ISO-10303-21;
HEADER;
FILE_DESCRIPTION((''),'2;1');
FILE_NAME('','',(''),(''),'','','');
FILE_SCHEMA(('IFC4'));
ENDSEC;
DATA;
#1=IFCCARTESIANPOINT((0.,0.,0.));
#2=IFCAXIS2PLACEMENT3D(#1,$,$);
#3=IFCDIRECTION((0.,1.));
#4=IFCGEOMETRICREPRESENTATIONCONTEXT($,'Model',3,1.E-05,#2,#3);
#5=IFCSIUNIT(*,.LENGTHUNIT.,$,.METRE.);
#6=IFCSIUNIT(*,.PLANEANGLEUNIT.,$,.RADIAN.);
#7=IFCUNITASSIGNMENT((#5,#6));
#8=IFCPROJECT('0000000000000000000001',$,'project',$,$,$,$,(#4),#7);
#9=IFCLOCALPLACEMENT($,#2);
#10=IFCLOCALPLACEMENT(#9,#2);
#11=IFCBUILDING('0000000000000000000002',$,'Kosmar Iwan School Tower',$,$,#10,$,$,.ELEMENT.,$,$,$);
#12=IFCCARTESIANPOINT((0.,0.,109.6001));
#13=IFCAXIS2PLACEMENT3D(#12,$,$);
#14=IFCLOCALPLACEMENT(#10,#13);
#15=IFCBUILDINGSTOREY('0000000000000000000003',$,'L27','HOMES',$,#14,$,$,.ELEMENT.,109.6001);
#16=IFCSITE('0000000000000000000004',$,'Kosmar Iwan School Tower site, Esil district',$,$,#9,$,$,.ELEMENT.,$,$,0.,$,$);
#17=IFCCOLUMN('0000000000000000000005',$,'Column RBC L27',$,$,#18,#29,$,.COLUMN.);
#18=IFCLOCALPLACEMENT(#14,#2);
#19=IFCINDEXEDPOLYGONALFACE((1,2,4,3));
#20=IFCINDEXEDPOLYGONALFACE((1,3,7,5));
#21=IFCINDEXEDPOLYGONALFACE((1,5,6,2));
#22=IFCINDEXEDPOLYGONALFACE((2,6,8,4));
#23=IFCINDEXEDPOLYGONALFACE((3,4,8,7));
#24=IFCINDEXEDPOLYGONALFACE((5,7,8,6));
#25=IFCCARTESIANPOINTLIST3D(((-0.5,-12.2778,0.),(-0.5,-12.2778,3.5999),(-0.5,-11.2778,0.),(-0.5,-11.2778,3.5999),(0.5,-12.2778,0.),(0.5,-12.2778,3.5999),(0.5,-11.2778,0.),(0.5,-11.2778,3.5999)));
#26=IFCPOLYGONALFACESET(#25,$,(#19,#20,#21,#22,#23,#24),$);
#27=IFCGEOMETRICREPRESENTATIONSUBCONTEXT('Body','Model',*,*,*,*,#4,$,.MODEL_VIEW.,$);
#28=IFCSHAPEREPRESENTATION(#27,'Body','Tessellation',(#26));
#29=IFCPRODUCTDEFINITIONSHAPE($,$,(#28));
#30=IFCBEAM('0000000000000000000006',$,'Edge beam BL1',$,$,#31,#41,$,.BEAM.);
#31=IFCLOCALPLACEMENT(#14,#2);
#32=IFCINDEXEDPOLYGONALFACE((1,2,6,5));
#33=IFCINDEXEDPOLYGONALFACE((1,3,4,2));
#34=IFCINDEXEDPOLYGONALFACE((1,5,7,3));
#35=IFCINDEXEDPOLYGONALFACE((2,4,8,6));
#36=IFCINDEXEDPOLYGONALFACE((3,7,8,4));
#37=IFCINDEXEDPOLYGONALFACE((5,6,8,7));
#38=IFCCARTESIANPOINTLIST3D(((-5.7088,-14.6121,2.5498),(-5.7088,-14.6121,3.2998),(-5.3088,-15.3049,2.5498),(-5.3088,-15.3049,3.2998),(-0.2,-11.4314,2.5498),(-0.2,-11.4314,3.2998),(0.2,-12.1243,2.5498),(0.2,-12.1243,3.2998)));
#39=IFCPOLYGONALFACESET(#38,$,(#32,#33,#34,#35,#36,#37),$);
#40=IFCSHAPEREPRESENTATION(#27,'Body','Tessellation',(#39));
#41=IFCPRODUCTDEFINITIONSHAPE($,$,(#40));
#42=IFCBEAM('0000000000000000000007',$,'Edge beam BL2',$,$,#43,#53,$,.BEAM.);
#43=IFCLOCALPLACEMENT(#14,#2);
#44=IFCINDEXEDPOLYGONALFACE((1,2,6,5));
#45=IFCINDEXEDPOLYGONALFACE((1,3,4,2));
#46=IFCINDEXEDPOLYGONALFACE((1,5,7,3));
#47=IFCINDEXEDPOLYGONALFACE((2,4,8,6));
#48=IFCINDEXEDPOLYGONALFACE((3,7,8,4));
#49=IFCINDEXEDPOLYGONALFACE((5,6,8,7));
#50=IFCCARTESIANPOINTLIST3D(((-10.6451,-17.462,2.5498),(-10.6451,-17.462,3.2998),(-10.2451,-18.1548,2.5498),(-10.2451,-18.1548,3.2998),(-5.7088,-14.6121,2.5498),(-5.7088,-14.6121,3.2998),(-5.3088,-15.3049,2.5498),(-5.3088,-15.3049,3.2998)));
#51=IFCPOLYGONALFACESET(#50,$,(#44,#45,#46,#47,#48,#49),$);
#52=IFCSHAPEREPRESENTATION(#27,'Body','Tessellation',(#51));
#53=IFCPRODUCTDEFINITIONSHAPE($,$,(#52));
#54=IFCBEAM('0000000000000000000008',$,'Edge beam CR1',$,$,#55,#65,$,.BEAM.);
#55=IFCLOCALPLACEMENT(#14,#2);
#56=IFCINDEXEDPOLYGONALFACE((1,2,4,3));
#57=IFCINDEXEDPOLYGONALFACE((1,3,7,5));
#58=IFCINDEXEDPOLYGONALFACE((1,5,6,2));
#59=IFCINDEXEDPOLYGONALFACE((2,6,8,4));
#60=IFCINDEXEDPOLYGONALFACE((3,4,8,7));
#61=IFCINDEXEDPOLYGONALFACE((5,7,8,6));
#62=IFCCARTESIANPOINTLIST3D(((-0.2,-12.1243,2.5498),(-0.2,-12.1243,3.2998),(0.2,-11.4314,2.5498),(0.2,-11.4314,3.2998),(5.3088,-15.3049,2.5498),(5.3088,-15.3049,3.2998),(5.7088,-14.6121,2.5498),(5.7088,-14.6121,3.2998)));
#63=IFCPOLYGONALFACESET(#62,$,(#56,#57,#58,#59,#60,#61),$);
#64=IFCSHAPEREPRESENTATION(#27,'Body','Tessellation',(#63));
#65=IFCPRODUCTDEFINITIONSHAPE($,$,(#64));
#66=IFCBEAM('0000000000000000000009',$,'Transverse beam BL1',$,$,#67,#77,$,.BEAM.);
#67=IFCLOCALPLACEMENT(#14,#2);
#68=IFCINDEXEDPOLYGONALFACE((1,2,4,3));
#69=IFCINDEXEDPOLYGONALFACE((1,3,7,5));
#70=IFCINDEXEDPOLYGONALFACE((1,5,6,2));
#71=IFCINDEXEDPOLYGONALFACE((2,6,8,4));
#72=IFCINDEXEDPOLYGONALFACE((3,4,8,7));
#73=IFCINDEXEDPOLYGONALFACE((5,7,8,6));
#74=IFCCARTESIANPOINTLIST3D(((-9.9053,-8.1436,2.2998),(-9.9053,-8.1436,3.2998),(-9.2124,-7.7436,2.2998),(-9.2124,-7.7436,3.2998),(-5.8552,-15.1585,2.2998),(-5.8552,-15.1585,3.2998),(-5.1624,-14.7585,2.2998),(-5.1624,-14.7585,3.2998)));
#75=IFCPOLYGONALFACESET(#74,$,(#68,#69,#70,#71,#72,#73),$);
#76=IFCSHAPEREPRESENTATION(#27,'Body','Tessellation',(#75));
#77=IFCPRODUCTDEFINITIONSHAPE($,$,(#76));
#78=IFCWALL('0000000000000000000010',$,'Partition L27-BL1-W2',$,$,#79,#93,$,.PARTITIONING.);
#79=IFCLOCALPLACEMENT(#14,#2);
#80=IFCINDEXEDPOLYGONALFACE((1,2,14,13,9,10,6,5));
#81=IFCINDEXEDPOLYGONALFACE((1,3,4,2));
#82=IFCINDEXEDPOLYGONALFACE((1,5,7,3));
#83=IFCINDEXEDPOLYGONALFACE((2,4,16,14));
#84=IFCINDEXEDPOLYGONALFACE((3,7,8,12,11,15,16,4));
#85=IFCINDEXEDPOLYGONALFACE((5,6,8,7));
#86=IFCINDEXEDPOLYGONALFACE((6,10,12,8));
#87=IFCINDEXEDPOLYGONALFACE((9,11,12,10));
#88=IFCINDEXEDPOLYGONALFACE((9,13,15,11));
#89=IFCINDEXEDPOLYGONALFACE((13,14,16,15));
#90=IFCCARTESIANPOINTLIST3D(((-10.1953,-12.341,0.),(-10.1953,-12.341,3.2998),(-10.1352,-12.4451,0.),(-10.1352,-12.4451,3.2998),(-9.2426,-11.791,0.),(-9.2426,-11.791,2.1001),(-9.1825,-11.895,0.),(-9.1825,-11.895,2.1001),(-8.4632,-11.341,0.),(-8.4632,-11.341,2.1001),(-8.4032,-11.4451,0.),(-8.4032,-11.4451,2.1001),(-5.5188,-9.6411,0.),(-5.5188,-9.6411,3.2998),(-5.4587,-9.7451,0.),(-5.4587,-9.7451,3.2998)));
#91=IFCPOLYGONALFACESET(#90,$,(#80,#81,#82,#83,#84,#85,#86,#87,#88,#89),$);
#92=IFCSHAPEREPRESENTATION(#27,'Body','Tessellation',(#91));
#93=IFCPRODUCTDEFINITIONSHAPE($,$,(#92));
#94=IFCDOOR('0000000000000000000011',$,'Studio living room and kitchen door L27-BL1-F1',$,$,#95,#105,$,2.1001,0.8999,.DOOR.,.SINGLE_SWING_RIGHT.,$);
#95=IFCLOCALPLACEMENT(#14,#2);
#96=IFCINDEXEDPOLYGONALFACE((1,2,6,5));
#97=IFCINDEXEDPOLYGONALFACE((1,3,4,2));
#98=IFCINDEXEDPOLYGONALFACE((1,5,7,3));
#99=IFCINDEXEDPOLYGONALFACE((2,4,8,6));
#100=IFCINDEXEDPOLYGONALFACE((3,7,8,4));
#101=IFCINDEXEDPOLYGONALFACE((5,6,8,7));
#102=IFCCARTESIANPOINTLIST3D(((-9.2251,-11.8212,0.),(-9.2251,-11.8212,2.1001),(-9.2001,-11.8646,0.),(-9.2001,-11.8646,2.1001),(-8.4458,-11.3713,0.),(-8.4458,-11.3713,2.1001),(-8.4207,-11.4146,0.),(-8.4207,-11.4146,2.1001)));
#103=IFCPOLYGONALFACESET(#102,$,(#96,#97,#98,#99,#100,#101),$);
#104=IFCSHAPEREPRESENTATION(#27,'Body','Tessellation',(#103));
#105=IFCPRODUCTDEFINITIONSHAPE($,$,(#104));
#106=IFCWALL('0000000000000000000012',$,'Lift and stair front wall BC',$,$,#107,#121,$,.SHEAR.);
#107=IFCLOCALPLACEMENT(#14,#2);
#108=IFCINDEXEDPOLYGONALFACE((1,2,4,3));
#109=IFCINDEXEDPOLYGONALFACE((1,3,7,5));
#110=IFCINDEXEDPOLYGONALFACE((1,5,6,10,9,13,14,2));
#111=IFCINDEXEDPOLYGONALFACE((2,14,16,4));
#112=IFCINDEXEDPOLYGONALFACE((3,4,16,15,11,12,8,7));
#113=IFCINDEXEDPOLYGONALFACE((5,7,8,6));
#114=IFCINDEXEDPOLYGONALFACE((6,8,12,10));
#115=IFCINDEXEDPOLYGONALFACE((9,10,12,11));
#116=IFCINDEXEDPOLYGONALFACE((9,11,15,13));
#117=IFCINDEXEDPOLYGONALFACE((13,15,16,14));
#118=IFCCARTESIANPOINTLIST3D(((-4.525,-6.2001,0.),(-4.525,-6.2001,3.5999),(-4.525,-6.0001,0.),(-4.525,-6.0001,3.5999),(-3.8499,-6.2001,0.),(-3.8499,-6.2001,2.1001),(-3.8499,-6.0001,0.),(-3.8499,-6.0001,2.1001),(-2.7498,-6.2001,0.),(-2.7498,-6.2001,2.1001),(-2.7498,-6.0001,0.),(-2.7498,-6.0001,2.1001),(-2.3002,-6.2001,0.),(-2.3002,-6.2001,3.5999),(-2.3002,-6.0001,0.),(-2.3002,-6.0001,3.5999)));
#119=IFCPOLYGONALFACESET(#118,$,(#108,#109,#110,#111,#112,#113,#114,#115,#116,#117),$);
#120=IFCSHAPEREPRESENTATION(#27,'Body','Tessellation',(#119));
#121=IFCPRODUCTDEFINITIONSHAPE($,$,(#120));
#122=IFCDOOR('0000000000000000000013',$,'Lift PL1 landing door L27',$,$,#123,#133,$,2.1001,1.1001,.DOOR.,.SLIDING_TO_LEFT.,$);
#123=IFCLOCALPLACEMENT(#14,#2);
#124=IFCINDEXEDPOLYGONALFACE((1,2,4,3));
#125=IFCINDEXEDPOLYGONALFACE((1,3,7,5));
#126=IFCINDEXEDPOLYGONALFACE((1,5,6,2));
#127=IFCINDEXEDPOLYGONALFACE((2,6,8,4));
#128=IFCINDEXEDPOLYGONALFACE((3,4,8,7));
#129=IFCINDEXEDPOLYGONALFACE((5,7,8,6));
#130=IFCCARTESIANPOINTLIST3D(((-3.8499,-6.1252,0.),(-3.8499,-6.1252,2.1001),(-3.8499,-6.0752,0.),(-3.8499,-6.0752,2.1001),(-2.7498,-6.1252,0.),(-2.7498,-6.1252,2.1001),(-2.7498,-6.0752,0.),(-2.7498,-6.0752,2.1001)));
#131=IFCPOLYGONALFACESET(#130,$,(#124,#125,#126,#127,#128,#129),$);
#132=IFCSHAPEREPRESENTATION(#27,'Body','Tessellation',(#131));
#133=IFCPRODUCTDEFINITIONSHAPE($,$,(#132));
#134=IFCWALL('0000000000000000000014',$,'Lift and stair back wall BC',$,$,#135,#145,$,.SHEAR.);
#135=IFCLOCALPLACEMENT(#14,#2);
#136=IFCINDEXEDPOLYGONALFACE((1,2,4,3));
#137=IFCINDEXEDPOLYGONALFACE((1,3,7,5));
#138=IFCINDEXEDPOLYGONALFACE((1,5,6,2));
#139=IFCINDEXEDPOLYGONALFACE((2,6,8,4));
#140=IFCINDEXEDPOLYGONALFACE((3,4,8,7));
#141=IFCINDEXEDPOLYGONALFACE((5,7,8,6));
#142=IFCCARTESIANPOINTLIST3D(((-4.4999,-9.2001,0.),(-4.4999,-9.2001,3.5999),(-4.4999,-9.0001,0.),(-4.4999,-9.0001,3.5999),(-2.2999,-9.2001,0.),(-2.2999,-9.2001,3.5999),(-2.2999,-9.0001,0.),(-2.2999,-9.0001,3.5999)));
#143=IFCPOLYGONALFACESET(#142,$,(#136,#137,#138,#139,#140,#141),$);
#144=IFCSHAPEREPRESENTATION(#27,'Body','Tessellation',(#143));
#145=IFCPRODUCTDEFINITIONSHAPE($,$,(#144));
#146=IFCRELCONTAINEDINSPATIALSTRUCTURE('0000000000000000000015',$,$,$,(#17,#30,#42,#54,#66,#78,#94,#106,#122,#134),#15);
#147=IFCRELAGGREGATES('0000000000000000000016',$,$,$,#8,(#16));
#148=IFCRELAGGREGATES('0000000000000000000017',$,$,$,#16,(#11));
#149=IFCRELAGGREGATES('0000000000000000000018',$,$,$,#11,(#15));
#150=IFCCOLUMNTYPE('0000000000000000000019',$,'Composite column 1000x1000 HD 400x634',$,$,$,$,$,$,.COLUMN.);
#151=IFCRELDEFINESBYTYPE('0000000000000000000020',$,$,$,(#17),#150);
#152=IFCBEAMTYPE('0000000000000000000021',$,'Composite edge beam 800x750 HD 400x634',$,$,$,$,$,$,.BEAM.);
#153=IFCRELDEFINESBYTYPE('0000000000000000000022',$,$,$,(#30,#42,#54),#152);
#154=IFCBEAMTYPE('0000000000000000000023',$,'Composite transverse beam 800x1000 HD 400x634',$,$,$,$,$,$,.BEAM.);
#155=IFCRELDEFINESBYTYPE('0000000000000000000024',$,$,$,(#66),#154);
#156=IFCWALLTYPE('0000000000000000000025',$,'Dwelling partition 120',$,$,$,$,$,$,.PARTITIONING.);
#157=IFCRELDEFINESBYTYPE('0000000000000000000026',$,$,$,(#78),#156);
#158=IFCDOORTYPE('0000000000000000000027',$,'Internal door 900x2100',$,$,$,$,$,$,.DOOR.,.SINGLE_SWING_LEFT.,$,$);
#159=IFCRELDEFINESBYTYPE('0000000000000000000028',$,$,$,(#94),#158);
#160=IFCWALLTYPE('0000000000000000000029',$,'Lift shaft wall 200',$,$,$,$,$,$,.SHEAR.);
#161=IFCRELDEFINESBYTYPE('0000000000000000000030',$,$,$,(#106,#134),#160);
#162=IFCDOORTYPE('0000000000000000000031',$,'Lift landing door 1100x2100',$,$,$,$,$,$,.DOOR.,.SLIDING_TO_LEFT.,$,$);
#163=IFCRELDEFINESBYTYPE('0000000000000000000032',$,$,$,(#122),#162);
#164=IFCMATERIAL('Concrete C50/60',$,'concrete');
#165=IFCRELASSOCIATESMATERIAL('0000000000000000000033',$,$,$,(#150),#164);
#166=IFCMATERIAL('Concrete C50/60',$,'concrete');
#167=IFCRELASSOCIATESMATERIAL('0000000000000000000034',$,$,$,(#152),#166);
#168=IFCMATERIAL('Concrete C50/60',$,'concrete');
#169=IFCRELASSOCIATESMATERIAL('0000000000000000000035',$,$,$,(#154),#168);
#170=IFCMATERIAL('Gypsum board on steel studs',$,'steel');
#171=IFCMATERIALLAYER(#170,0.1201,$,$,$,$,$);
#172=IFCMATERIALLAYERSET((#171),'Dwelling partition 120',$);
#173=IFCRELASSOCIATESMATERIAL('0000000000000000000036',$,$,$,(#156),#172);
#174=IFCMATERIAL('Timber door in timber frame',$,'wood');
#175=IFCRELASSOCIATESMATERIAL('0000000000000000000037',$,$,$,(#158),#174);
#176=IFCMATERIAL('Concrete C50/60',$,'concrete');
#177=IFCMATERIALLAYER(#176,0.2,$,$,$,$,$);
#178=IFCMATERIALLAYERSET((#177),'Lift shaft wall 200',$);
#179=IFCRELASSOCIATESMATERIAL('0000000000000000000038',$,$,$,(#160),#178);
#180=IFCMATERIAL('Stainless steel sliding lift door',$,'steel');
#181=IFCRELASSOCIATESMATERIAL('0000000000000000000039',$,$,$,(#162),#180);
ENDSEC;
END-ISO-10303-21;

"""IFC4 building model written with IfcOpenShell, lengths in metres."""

from ifc_helpers import new_model, si_unit, direction, frame, frame_2d, origin, origin_2d, place, context, subcontext, project, spatial, rectangle, extrude, material, layer, layer_set, material_profile, profile_set, type_object, element, fill, save


model = new_model("IFC4")

# Units and contexts
model_context = context("Model", 3, precision=1e-05, world=origin(), true_north=direction((0.0, 1.0)))
body_context = subcontext(model_context, "Body", "Model", "MODEL_VIEW")
ifc_project = project(units=[si_unit("LENGTHUNIT", "METRE"), si_unit("PLANEANGLEUNIT", "RADIAN")], contexts=[model_context])

# Site, building, storey
site_placement = place(None, origin())
site = spatial("IfcSite", under=ifc_project, at=site_placement, Name="Kosmar Iwan School Tower site, Esil district", CompositionType="ELEMENT", RefElevation=0.0)
building_placement = place(site_placement, origin())
building = spatial("IfcBuilding", under=site, at=building_placement, Name="Kosmar Iwan School Tower", CompositionType="ELEMENT")
storey_placement = place(building_placement, frame((0.0, 0.0, 109.6001)))
storey = spatial("IfcBuildingStorey", under=building, at=storey_placement, Name="L27", Description="HOMES", CompositionType="ELEMENT", Elevation=109.6001)

# Column
ifc_material_1 = material(Name="Concrete C50/60", Category="concrete")
ifc_material_profile_1 = material_profile(ifc_material_1, rectangle(XDim=1.0, YDim=1.0, at=origin_2d()), Name="RC 1000x1000 + HD 400x634")
ifc_profile_set_1 = profile_set([ifc_material_profile_1], Name="Concrete C50/60")
column_type = type_object("IfcColumnType", Name="Composite column 1000x1000 HD 400x634", PredefinedType="COLUMN", material=ifc_profile_set_1)
column_placement = place(storey_placement, frame((0.0, -11.7778, 0.0), z_axis=(0.0, 0.0, 1.0), x_axis=(1.0, 0.0, 0.0)))
element("IfcColumn", 1, at=column_placement, inside=storey, type_object=column_type, Name="Column RBC L27", PredefinedType="COLUMN", context=body_context, shape_type="SweptSolid", body=[
    extrude(rectangle(XDim=1.0, YDim=1.0, at=origin_2d()), origin(), (0.0, 0.0, 1.0), 3.5999),
])

# Beams
ifc_material_2 = material(Name="Concrete C50/60", Category="concrete")
ifc_material_profile_2 = material_profile(ifc_material_2, rectangle(XDim=0.8, YDim=0.75, at=origin_2d()), Name="RC 800x750 + HD 400x634")
ifc_profile_set_2 = profile_set([ifc_material_profile_2], Name="Concrete C50/60")
beam_type_1 = type_object("IfcBeamType", Name="Composite edge beam 800x750 HD 400x634", PredefinedType="BEAM", material=ifc_profile_set_2)
beam_1_placement = place(storey_placement, frame((0.0, -11.7778, 2.9248), z_axis=(-0.866014, -0.500019, 0.0), x_axis=(0.500019, -0.866014, 0.0)))
element("IfcBeam", 2, at=beam_1_placement, inside=storey, type_object=beam_type_1, Name="Edge beam BL1", PredefinedType="BEAM", context=body_context, shape_type="SweptSolid", body=[
    extrude(rectangle(XDim=0.8, YDim=0.75, at=origin_2d()), origin(), (0.0, 0.0, 1.0), 6.3611),
])
beam_2_placement = place(storey_placement, frame((-5.5088, -14.9585, 2.9248), z_axis=(-0.866034, -0.499986, 0.0), x_axis=(0.499986, -0.866034, 0.0)))
element("IfcBeam", 3, at=beam_2_placement, inside=storey, type_object=beam_type_1, Name="Edge beam BL2", PredefinedType="BEAM", context=body_context, shape_type="SweptSolid", body=[
    extrude(rectangle(XDim=0.8, YDim=0.75, at=origin_2d()), origin(), (0.0, 0.0, 1.0), 5.7),
])
beam_3_placement = place(storey_placement, frame((0.0, -11.7778, 2.9248), z_axis=(0.866014, -0.500019, 0.0), x_axis=(0.500019, 0.866014, 0.0)))
element("IfcBeam", 4, at=beam_3_placement, inside=storey, type_object=beam_type_1, Name="Edge beam CR1", PredefinedType="BEAM", context=body_context, shape_type="SweptSolid", body=[
    extrude(rectangle(XDim=0.8, YDim=0.75, at=origin_2d()), origin(), (0.0, 0.0, 1.0), 6.3611),
])
ifc_material_3 = material(Name="Concrete C50/60", Category="concrete")
ifc_material_profile_3 = material_profile(ifc_material_3, rectangle(XDim=0.8, YDim=1.0, at=origin_2d()), Name="RC 800x1000 + HD 400x634")
ifc_profile_set_3 = profile_set([ifc_material_profile_3], Name="Concrete C50/60")
beam_type_2 = type_object("IfcBeamType", Name="Composite transverse beam 800x1000 HD 400x634", PredefinedType="BEAM", material=ifc_profile_set_3)
beam_4_placement = place(storey_placement, frame((-5.5088, -14.9585, 2.7998), z_axis=(-0.5, 0.866025, 0.0), x_axis=(-0.866025, -0.5, 0.0)))
element("IfcBeam", 5, at=beam_4_placement, inside=storey, type_object=beam_type_2, Name="Transverse beam BL1", PredefinedType="BEAM", context=body_context, shape_type="SweptSolid", body=[
    extrude(rectangle(XDim=0.8, YDim=1.0, at=origin_2d()), origin(), (0.0, 0.0, 1.0), 8.1001),
])

# Walls, openings, doors
ifc_material_4 = material(Name="Gypsum board on steel studs", Category="steel")
ifc_layer_1 = layer(ifc_material_4, 0.1201)
ifc_layer_set_1 = layer_set([ifc_layer_1], Name="Dwelling partition 120")
wall_type_1 = type_object("IfcWallType", Name="Dwelling partition 120", PredefinedType="PARTITIONING", material=ifc_layer_set_1)
wall_1_placement = place(storey_placement, frame((-5.4888, -9.6931, 0.0), z_axis=(0.0, 0.0, 1.0), x_axis=(-0.866028, -0.499995, 0.0)))
wall_1 = element("IfcWall", 6, at=wall_1_placement, inside=storey, type_object=wall_type_1, Name="Partition L27-BL1-W2", PredefinedType="PARTITIONING", context=body_context, shape_type="SweptSolid", body=[
    extrude(rectangle(XDim=5.3999, YDim=0.1201, at=frame_2d((2.7, 0.0))), origin(), (0.0, 0.0, 1.0), 3.2998),
])
opening_1_placement = place(wall_1_placement, frame((3.3999, 0.0, 0.0)))
opening_1 = element("IfcOpeningElement", 7, at=opening_1_placement, cuts=wall_1, PredefinedType="OPENING", context=body_context, shape_type="SweptSolid", body=[
    extrude(rectangle(XDim=0.8999, YDim=2.1001, at=frame_2d((0.45, 1.05))), frame((0.0, 0.072, 0.0), z_axis=(0.0, -1.0, 0.0), x_axis=(1.0, 0.0, 0.0)), (0.0, 0.0, 1.0), 0.144),
])
ifc_material_5 = material(Name="Timber door in timber frame", Category="wood")
door_type_1 = type_object("IfcDoorType", Name="Internal door 900x2100", OperationType="SINGLE_SWING_LEFT", PredefinedType="DOOR", material=ifc_material_5)
door_1_placement = place(opening_1_placement, origin())
door_1 = element("IfcDoor", 8, at=door_1_placement, inside=storey, type_object=door_type_1, Name="Studio living room and kitchen door L27-BL1-F1", OperationType="SINGLE_SWING_RIGHT", OverallHeight=2.1001, OverallWidth=0.8999, PredefinedType="DOOR", context=body_context, shape_type="SweptSolid", body=[
    extrude(rectangle(XDim=0.8999, YDim=2.1001, at=frame_2d((0.45, 1.05))), frame((0.0, 0.0249, 0.0), z_axis=(0.0, -1.0, 0.0), x_axis=(1.0, 0.0, 0.0)), (0.0, 0.0, 1.0), 0.05),
])
fill(opening_1, door_1)
ifc_material_6 = material(Name="Concrete C50/60", Category="concrete")
ifc_layer_2 = layer(ifc_material_6, 0.2)
ifc_layer_set_2 = layer_set([ifc_layer_2], Name="Lift shaft wall 200")
wall_type_2 = type_object("IfcWallType", Name="Lift shaft wall 200", PredefinedType="SHEAR", material=ifc_layer_set_2)
wall_2_placement = place(storey_placement, frame((-4.5249, -6.1001, 0.0), z_axis=(0.0, 0.0, 1.0), x_axis=(1.0, 0.0, 0.0)))
wall_2 = element("IfcWall", 9, at=wall_2_placement, inside=storey, type_object=wall_type_2, Name="Lift and stair front wall BC", PredefinedType="SHEAR", context=body_context, shape_type="SweptSolid", body=[
    extrude(rectangle(XDim=2.2249, YDim=0.2, at=frame_2d((1.1123, 0.0))), origin(), (0.0, 0.0, 1.0), 3.5999),
])
opening_2_placement = place(wall_2_placement, frame((0.675, 0.0, 0.0)))
opening_2 = element("IfcOpeningElement", 10, at=opening_2_placement, cuts=wall_2, PredefinedType="OPENING", context=body_context, shape_type="SweptSolid", body=[
    extrude(rectangle(XDim=1.1001, YDim=2.1001, at=frame_2d((0.55, 1.05))), frame((0.0, 0.1121, 0.0), z_axis=(0.0, -1.0, 0.0), x_axis=(1.0, 0.0, 0.0)), (0.0, 0.0, 1.0), 0.2239),
])
ifc_material_7 = material(Name="Stainless steel sliding lift door", Category="steel")
door_type_2 = type_object("IfcDoorType", Name="Lift landing door 1100x2100", OperationType="SLIDING_TO_LEFT", PredefinedType="DOOR", material=ifc_material_7)
door_2_placement = place(opening_2_placement, origin())
door_2 = element("IfcDoor", 11, at=door_2_placement, inside=storey, type_object=door_type_2, Name="Lift PL1 landing door L27", OperationType="SLIDING_TO_LEFT", OverallHeight=2.1001, OverallWidth=1.1001, PredefinedType="DOOR", context=body_context, shape_type="SweptSolid", body=[
    extrude(rectangle(XDim=1.1001, YDim=2.1001, at=frame_2d((0.55, 1.05))), frame((0.0, 0.0249, 0.0), z_axis=(0.0, -1.0, 0.0), x_axis=(1.0, 0.0, 0.0)), (0.0, 0.0, 1.0), 0.05),
])
fill(opening_2, door_2)

# Wall
wall_3_placement = place(storey_placement, frame((-4.5, -9.1001, 0.0), z_axis=(0.0, 0.0, 1.0), x_axis=(1.0, 0.0, 0.0)))
element("IfcWall", 12, at=wall_3_placement, inside=storey, type_object=wall_type_2, Name="Lift and stair back wall BC", PredefinedType="SHEAR", context=body_context, shape_type="SweptSolid", body=[
    extrude(rectangle(XDim=2.2, YDim=0.2, at=frame_2d((1.1001, 0.0))), origin(), (0.0, 0.0, 1.0), 3.5999),
])

save(model, "model.ifc")
